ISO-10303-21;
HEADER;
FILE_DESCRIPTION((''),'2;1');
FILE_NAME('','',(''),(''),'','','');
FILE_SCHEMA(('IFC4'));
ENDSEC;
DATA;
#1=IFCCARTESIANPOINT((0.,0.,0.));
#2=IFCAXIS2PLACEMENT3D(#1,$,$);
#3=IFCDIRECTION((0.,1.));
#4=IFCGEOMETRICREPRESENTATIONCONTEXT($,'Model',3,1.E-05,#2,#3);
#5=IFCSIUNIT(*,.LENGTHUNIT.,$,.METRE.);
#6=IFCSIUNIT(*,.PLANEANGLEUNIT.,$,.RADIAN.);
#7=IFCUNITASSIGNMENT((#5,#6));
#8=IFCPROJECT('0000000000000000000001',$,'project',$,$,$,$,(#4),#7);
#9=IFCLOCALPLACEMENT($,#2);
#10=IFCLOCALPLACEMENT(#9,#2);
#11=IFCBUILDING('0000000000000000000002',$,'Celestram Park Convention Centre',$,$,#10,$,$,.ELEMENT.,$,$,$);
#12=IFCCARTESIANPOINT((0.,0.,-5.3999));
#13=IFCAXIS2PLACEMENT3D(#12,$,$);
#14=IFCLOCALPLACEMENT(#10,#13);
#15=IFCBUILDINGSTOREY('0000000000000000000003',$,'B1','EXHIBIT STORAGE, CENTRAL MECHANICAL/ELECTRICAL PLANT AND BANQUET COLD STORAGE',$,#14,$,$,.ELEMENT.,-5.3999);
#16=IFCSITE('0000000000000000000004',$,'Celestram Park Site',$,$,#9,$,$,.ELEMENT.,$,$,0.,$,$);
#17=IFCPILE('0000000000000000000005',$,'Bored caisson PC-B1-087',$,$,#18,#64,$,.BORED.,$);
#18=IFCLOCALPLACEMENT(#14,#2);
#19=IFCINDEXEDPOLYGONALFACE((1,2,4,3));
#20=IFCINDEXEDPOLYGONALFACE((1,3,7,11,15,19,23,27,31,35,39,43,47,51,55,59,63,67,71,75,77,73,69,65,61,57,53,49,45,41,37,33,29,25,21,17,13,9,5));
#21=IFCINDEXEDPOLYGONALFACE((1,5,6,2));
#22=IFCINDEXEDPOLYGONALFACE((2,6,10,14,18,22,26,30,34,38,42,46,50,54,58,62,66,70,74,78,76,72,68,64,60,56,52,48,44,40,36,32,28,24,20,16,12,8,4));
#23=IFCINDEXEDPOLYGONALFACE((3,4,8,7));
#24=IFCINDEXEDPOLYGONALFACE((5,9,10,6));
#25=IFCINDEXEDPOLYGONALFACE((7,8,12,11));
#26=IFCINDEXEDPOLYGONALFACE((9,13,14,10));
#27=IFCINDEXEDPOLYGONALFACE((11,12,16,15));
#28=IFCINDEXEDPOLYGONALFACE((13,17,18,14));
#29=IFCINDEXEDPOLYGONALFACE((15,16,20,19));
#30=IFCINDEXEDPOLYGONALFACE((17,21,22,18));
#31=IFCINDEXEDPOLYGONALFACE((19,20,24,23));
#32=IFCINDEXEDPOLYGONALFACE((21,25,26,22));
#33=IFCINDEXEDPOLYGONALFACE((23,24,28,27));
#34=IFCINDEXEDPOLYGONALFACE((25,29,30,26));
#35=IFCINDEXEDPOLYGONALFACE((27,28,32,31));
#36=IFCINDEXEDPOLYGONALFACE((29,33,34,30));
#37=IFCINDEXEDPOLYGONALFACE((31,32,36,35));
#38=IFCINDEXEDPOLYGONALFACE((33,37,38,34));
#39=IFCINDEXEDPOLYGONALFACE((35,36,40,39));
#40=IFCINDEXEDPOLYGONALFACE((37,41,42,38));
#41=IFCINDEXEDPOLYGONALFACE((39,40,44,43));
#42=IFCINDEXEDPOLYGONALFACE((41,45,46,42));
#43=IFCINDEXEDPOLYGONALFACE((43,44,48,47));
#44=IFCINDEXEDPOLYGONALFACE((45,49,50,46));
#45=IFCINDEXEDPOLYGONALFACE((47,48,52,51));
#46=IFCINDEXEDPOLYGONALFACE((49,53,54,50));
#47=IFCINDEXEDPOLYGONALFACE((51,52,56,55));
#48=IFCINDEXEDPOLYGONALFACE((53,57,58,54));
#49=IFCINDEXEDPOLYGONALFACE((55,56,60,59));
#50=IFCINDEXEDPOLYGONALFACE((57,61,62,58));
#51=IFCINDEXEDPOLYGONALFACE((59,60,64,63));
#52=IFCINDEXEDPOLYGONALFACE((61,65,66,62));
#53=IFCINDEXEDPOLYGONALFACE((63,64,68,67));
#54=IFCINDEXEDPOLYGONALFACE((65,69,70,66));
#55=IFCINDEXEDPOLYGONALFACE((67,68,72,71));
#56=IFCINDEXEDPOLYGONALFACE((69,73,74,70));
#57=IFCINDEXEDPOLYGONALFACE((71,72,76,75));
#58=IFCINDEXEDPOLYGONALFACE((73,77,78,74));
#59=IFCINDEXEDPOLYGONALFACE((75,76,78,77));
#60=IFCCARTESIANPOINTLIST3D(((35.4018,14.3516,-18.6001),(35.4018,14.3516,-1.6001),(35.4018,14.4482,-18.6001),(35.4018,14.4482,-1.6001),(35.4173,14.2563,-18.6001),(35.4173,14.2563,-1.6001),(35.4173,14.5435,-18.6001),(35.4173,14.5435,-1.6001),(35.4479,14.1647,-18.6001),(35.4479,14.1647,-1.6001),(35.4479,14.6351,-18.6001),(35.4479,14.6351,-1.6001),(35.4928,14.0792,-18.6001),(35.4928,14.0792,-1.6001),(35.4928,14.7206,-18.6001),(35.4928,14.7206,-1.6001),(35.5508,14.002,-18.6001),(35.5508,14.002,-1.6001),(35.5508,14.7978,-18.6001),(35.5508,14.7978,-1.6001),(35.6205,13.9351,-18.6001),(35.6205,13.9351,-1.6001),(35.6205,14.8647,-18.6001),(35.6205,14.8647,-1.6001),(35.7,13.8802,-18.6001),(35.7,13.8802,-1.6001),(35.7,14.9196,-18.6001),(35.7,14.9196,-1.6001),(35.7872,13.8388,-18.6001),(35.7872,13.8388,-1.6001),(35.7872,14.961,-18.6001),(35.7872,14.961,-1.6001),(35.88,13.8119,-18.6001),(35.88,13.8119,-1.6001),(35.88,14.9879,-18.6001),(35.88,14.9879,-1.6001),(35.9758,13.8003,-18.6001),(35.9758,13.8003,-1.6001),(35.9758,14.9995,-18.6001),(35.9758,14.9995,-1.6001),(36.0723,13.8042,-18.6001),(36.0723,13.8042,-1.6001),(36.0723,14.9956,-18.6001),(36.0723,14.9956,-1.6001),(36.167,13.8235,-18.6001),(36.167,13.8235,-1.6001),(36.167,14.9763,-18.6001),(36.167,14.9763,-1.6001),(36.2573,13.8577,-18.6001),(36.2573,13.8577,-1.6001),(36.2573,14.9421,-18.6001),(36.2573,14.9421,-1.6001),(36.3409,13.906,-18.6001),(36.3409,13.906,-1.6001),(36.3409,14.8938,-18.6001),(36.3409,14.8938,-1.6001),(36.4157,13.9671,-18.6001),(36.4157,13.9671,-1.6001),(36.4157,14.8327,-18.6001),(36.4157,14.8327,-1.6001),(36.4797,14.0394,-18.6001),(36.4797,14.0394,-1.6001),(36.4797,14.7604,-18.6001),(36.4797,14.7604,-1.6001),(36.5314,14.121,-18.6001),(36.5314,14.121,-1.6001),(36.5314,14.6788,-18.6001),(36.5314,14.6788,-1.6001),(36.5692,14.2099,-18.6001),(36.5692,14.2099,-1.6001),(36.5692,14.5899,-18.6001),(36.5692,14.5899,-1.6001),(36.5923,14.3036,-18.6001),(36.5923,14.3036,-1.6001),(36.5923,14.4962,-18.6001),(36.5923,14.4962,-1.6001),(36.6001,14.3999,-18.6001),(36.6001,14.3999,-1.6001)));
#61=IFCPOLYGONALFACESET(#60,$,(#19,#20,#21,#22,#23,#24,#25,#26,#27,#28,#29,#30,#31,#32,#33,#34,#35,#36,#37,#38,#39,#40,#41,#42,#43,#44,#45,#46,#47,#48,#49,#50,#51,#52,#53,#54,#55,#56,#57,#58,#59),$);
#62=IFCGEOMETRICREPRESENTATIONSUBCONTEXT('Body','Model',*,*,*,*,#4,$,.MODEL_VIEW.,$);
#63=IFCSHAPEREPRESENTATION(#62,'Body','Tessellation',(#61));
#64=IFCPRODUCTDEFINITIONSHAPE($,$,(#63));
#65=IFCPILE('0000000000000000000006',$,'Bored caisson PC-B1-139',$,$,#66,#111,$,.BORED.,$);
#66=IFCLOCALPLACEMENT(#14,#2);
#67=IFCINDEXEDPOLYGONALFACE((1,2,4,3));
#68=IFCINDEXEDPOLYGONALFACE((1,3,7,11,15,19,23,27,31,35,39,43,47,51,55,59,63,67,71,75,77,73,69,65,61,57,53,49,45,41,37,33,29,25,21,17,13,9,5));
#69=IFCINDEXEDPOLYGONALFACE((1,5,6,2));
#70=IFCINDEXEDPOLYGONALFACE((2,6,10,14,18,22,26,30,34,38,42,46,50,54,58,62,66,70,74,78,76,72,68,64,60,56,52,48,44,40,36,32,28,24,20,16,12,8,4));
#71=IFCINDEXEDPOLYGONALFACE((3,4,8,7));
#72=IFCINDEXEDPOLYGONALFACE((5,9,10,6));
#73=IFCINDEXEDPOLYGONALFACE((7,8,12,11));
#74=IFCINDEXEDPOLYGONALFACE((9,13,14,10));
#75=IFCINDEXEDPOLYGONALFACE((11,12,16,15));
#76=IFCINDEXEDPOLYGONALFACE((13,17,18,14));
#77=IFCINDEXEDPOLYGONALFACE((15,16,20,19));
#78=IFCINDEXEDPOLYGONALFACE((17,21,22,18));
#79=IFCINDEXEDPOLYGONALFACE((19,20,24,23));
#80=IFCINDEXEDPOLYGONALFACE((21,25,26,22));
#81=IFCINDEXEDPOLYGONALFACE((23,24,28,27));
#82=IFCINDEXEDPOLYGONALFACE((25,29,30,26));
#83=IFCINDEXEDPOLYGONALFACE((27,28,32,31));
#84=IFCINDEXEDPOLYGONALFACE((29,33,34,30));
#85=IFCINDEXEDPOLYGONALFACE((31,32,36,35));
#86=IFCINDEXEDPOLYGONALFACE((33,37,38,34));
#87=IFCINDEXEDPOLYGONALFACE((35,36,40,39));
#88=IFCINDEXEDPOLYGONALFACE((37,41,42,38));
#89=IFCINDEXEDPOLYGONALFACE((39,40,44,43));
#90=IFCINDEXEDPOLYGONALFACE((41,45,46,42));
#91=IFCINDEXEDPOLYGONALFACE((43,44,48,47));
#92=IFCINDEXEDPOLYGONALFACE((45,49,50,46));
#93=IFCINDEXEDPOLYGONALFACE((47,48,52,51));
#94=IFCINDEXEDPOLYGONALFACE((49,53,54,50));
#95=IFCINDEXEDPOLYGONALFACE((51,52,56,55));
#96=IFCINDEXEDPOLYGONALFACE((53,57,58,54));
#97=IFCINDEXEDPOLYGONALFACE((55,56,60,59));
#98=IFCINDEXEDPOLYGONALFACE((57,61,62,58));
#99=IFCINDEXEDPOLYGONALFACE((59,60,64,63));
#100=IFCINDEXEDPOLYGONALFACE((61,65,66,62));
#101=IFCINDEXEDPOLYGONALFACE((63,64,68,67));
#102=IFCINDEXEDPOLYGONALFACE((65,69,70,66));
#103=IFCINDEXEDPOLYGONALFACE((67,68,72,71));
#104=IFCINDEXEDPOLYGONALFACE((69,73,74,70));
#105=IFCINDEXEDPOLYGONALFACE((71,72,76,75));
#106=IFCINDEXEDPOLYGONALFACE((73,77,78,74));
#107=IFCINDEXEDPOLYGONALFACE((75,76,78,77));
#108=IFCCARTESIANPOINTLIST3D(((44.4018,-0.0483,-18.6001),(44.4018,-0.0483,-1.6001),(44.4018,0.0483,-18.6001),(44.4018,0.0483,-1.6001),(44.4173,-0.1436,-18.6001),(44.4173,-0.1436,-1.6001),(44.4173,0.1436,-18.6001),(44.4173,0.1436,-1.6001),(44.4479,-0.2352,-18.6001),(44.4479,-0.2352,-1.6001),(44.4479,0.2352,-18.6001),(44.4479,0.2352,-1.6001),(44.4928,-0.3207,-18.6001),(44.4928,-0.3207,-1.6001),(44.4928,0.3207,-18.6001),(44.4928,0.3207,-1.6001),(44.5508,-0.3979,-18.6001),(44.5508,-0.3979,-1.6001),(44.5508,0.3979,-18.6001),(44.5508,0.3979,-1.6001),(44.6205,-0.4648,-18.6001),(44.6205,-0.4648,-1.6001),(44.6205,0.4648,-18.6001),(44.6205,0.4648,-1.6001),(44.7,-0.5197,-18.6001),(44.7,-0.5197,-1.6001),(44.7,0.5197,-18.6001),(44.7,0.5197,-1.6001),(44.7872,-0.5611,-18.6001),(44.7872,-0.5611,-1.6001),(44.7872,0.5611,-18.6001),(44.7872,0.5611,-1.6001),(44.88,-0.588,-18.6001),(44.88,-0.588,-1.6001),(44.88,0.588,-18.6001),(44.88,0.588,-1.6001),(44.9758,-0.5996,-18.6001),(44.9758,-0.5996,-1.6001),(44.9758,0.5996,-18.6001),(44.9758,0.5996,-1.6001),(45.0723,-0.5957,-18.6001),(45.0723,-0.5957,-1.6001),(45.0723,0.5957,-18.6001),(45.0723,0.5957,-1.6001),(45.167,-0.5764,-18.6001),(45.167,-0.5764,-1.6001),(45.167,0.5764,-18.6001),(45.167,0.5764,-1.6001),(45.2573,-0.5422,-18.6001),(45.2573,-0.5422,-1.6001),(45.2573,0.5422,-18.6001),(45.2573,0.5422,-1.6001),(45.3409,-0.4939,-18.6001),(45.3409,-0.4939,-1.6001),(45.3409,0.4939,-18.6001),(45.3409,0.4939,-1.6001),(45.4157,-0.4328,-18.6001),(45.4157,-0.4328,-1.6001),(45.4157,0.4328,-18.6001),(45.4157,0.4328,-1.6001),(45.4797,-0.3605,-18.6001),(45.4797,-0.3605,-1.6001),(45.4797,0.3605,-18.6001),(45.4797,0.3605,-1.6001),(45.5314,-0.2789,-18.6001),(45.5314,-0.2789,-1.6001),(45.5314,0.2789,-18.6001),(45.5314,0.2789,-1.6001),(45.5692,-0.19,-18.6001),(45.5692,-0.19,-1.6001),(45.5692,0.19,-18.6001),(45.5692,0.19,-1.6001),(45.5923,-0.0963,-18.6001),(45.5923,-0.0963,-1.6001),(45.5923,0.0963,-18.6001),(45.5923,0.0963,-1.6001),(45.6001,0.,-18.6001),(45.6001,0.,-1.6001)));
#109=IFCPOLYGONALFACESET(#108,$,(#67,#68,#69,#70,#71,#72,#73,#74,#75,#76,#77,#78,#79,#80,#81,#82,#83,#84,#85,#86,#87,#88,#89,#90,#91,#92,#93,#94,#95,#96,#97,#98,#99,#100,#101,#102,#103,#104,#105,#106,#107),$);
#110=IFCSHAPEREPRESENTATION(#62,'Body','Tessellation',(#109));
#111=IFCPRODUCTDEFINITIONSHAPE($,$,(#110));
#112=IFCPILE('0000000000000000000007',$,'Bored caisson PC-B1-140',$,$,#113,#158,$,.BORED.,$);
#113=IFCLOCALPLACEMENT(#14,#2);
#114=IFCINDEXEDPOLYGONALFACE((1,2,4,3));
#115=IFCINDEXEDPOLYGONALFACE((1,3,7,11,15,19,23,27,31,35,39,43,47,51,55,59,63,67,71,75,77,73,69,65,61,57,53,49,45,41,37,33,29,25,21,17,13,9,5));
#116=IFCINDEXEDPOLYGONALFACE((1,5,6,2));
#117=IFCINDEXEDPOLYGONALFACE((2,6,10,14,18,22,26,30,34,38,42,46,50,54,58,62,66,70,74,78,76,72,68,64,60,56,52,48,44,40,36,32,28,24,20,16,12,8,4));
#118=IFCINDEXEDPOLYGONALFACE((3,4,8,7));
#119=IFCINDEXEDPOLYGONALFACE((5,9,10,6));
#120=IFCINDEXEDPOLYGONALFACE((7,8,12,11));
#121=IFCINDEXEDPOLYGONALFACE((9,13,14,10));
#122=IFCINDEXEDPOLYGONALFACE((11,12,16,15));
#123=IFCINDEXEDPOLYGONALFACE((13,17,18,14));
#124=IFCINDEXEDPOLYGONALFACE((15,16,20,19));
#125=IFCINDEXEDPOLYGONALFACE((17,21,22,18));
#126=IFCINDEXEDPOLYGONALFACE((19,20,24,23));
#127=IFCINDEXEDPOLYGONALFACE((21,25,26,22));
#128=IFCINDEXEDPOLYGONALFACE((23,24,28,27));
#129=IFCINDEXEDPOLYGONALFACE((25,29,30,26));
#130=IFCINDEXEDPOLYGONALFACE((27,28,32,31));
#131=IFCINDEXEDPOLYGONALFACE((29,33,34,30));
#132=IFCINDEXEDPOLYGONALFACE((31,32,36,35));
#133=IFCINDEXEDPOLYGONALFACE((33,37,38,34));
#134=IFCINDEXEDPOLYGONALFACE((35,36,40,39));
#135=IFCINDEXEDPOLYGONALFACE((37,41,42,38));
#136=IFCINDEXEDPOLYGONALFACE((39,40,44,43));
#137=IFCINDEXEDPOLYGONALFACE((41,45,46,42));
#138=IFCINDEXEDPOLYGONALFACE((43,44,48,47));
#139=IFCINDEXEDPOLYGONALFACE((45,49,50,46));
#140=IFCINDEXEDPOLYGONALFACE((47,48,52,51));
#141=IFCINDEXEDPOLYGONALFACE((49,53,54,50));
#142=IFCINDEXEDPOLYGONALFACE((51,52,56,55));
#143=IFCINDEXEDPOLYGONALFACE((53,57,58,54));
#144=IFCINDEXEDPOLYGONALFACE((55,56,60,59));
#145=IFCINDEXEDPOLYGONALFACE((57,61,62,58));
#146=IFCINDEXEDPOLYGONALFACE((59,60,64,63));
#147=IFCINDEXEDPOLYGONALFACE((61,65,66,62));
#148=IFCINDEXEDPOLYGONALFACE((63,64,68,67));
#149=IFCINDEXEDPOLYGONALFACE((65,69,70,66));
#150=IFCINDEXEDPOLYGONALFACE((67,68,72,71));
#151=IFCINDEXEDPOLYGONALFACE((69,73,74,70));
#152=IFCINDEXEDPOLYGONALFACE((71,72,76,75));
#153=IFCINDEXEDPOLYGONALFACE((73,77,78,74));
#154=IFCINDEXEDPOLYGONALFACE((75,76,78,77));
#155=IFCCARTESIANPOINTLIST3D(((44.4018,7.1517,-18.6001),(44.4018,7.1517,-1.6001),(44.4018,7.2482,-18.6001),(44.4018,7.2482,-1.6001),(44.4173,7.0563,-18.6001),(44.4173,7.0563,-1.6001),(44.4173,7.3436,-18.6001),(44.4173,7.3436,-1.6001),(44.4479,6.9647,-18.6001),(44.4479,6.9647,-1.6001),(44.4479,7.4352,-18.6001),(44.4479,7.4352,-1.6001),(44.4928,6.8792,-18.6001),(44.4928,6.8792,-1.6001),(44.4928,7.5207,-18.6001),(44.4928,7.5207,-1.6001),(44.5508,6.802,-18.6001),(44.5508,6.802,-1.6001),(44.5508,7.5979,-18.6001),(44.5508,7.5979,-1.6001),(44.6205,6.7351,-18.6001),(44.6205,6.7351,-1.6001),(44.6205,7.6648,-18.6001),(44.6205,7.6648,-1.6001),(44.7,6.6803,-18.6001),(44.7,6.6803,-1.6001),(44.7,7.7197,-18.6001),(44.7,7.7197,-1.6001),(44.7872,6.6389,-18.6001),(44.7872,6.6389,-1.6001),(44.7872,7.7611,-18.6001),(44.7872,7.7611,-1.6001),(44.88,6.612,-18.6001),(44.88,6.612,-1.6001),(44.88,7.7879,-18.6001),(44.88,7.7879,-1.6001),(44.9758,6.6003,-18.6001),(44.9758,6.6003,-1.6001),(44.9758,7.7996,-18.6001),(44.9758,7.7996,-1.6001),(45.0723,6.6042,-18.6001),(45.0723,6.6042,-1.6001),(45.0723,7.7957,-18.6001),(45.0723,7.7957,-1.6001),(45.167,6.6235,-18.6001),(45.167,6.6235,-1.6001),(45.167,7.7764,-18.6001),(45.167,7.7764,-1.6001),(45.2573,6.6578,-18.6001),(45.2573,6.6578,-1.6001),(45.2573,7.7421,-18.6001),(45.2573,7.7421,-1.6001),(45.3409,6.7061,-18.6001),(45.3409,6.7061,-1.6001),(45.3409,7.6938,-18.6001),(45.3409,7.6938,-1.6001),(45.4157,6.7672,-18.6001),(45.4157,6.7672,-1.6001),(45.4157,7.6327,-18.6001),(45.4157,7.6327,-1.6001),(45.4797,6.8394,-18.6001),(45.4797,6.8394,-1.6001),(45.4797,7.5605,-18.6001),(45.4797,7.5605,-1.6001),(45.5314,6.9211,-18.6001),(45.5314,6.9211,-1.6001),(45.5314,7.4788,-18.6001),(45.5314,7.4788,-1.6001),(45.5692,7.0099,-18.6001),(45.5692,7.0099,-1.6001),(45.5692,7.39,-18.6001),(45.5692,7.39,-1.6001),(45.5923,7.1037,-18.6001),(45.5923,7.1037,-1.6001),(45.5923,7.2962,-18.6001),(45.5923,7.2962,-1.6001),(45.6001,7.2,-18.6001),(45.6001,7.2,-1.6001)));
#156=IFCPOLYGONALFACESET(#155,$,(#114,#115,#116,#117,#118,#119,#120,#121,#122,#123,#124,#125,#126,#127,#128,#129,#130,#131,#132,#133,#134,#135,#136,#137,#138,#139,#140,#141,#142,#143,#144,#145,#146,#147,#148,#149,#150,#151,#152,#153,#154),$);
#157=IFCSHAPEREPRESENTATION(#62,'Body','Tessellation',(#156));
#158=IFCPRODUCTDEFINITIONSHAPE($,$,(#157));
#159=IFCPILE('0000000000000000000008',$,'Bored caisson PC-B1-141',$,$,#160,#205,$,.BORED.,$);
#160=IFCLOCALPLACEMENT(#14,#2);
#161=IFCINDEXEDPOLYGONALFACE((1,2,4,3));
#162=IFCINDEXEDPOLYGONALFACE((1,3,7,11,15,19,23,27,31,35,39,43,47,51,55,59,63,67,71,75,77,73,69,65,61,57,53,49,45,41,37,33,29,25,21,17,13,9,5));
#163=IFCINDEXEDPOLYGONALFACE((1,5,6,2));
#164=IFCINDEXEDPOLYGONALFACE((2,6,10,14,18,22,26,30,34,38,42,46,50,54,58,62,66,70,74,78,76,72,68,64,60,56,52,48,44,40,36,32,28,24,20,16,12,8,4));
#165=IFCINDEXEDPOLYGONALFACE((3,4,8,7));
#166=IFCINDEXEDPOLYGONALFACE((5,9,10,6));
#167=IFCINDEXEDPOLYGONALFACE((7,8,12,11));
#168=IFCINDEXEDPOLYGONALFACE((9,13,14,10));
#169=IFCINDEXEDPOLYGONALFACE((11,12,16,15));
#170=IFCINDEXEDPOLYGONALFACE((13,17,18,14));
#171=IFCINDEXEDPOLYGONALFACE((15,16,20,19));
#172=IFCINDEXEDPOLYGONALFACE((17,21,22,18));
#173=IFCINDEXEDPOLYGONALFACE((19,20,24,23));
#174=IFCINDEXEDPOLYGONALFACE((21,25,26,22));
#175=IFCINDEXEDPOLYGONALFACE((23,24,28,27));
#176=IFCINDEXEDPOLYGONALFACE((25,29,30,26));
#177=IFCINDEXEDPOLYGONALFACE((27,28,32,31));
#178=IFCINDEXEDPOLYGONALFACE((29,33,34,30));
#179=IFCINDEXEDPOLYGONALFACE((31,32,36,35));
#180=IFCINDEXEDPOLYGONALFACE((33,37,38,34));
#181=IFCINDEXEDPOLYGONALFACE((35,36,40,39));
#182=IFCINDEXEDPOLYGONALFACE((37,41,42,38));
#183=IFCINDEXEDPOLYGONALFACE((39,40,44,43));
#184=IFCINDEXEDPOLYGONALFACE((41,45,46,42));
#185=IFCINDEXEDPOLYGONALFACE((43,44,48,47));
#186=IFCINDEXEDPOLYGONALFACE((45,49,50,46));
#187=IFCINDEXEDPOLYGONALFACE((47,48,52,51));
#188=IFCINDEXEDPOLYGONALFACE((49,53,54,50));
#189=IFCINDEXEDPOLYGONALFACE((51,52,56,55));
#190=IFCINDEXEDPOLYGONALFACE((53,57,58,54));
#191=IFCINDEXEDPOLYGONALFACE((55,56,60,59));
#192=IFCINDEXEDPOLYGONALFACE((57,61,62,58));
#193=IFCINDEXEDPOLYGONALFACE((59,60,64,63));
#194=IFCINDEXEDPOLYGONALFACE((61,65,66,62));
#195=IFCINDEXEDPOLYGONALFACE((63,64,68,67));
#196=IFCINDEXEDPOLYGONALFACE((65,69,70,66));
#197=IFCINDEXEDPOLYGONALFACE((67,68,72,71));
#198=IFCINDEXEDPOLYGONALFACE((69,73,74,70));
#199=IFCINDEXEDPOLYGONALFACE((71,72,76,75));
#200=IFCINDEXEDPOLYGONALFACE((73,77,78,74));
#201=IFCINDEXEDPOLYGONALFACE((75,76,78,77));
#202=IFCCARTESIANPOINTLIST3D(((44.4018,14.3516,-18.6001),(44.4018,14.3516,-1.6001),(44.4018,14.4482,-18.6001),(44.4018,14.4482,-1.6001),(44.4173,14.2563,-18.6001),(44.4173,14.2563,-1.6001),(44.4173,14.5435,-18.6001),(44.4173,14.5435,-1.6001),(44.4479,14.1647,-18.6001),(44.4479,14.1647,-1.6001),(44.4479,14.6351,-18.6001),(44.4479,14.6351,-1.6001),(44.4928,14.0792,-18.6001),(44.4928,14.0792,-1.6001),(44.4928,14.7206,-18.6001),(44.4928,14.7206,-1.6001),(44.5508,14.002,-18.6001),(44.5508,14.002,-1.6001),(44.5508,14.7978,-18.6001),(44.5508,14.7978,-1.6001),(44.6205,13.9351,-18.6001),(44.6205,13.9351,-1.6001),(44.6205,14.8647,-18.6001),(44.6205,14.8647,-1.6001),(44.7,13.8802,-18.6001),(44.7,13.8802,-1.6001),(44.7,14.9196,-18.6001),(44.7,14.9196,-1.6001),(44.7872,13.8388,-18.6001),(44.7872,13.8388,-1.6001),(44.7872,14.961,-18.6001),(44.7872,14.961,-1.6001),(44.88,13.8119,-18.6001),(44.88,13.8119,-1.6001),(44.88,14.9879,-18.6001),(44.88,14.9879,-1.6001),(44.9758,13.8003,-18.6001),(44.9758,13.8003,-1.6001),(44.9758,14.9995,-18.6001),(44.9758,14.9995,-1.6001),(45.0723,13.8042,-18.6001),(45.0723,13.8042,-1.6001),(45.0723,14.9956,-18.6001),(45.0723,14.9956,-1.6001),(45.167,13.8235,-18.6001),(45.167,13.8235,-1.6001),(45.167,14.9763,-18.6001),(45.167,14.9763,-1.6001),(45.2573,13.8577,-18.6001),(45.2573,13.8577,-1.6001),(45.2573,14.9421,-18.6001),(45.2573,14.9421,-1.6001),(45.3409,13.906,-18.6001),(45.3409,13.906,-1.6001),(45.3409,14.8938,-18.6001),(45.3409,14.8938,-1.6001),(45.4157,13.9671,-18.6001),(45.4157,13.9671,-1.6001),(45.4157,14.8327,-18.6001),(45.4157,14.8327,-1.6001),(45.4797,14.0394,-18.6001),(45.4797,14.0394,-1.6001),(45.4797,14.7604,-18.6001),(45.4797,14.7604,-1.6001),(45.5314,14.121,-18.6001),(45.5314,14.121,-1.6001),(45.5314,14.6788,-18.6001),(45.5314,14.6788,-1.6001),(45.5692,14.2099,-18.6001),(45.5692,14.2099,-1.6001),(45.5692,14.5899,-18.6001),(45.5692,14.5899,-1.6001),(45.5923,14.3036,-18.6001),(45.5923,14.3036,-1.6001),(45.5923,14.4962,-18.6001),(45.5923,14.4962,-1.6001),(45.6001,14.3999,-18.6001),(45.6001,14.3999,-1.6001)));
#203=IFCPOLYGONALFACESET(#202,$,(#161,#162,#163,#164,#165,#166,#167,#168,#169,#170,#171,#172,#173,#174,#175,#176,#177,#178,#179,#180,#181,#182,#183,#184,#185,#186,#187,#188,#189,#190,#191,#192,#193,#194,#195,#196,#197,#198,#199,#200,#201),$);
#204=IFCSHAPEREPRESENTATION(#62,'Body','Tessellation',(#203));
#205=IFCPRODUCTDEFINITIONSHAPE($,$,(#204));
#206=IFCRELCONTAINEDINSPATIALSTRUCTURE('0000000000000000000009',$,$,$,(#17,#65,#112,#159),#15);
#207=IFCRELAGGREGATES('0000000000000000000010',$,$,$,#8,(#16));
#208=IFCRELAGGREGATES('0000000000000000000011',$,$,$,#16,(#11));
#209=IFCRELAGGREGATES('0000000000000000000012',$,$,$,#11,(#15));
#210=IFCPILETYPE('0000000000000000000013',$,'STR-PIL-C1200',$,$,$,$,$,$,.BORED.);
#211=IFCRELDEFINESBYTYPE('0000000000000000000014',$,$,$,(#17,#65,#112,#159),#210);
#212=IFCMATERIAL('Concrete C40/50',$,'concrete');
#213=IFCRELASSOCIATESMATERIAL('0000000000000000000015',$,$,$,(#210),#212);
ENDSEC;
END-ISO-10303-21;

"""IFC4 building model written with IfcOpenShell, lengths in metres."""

from ifc_helpers import new_model, si_unit, direction, frame, origin, origin_2d, place, context, subcontext, project, spatial, circle, extrude, material, material_profile, profile_set, type_object, element, save


model = new_model("IFC4")

# Units and contexts
model_context = context("Model", 3, precision=1e-05, world=origin(), true_north=direction((0.0, 1.0)))
body_context = subcontext(model_context, "Body", "Model", "MODEL_VIEW")
ifc_project = project(units=[si_unit("LENGTHUNIT", "METRE"), si_unit("PLANEANGLEUNIT", "RADIAN")], contexts=[model_context])

# Site, building, storey
site_placement = place(None, origin())
site = spatial("IfcSite", under=ifc_project, at=site_placement, Name="Celestram Park Site", CompositionType="ELEMENT", RefElevation=0.0)
building_placement = place(site_placement, origin())
building = spatial("IfcBuilding", under=site, at=building_placement, Name="Celestram Park Convention Centre", CompositionType="ELEMENT")
storey_placement = place(building_placement, frame((0.0, 0.0, -5.3999)))
storey = spatial("IfcBuildingStorey", under=building, at=storey_placement, Name="B1", Description="EXHIBIT STORAGE, CENTRAL MECHANICAL/ELECTRICAL PLANT AND BANQUET COLD STORAGE", CompositionType="ELEMENT", Elevation=-5.3999)

# Shared definitions
ifc_material_1 = material(Name="Concrete C40/50", Category="concrete")

# Piles
ifc_material_profile_1 = material_profile(ifc_material_1, circle(Radius=0.6001, at=origin_2d()), Name="CAISSON1200")
ifc_profile_set_1 = profile_set([ifc_material_profile_1], Name="Concrete C40/50")
pile_type = type_object("IfcPileType", Name="STR-PIL-C1200", PredefinedType="BORED", material=ifc_profile_set_1)
for number, where, z_axis, x_axis, name in (
    (1, (36.0, 14.3999, -1.6001), (0.0, 0.0, -1.0), (1.0, 0.0, 0.0), "Bored caisson PC-B1-087"),
    (2, (45.0, 0.0, -1.6001), (0.0, 0.0, -1.0), (1.0, 0.0, 0.0), "Bored caisson PC-B1-139"),
    (3, (45.0, 7.2, -1.6001), (0.0, 0.0, -1.0), (1.0, 0.0, 0.0), "Bored caisson PC-B1-140"),
    (4, (45.0, 14.3999, -1.6001), (0.0, 0.0, -1.0), (1.0, 0.0, 0.0), "Bored caisson PC-B1-141"),
):
    element("IfcPile", number, at=place(storey_placement, frame(where, z_axis=z_axis, x_axis=x_axis)), inside=storey, type_object=pile_type, Name=name, PredefinedType="BORED", context=body_context, shape_type="SweptSolid", body=[
        extrude(circle(Radius=0.6001, at=origin_2d()), origin(), (0.0, 0.0, 1.0), 17.0),
    ])

save(model, "model.ifc")
